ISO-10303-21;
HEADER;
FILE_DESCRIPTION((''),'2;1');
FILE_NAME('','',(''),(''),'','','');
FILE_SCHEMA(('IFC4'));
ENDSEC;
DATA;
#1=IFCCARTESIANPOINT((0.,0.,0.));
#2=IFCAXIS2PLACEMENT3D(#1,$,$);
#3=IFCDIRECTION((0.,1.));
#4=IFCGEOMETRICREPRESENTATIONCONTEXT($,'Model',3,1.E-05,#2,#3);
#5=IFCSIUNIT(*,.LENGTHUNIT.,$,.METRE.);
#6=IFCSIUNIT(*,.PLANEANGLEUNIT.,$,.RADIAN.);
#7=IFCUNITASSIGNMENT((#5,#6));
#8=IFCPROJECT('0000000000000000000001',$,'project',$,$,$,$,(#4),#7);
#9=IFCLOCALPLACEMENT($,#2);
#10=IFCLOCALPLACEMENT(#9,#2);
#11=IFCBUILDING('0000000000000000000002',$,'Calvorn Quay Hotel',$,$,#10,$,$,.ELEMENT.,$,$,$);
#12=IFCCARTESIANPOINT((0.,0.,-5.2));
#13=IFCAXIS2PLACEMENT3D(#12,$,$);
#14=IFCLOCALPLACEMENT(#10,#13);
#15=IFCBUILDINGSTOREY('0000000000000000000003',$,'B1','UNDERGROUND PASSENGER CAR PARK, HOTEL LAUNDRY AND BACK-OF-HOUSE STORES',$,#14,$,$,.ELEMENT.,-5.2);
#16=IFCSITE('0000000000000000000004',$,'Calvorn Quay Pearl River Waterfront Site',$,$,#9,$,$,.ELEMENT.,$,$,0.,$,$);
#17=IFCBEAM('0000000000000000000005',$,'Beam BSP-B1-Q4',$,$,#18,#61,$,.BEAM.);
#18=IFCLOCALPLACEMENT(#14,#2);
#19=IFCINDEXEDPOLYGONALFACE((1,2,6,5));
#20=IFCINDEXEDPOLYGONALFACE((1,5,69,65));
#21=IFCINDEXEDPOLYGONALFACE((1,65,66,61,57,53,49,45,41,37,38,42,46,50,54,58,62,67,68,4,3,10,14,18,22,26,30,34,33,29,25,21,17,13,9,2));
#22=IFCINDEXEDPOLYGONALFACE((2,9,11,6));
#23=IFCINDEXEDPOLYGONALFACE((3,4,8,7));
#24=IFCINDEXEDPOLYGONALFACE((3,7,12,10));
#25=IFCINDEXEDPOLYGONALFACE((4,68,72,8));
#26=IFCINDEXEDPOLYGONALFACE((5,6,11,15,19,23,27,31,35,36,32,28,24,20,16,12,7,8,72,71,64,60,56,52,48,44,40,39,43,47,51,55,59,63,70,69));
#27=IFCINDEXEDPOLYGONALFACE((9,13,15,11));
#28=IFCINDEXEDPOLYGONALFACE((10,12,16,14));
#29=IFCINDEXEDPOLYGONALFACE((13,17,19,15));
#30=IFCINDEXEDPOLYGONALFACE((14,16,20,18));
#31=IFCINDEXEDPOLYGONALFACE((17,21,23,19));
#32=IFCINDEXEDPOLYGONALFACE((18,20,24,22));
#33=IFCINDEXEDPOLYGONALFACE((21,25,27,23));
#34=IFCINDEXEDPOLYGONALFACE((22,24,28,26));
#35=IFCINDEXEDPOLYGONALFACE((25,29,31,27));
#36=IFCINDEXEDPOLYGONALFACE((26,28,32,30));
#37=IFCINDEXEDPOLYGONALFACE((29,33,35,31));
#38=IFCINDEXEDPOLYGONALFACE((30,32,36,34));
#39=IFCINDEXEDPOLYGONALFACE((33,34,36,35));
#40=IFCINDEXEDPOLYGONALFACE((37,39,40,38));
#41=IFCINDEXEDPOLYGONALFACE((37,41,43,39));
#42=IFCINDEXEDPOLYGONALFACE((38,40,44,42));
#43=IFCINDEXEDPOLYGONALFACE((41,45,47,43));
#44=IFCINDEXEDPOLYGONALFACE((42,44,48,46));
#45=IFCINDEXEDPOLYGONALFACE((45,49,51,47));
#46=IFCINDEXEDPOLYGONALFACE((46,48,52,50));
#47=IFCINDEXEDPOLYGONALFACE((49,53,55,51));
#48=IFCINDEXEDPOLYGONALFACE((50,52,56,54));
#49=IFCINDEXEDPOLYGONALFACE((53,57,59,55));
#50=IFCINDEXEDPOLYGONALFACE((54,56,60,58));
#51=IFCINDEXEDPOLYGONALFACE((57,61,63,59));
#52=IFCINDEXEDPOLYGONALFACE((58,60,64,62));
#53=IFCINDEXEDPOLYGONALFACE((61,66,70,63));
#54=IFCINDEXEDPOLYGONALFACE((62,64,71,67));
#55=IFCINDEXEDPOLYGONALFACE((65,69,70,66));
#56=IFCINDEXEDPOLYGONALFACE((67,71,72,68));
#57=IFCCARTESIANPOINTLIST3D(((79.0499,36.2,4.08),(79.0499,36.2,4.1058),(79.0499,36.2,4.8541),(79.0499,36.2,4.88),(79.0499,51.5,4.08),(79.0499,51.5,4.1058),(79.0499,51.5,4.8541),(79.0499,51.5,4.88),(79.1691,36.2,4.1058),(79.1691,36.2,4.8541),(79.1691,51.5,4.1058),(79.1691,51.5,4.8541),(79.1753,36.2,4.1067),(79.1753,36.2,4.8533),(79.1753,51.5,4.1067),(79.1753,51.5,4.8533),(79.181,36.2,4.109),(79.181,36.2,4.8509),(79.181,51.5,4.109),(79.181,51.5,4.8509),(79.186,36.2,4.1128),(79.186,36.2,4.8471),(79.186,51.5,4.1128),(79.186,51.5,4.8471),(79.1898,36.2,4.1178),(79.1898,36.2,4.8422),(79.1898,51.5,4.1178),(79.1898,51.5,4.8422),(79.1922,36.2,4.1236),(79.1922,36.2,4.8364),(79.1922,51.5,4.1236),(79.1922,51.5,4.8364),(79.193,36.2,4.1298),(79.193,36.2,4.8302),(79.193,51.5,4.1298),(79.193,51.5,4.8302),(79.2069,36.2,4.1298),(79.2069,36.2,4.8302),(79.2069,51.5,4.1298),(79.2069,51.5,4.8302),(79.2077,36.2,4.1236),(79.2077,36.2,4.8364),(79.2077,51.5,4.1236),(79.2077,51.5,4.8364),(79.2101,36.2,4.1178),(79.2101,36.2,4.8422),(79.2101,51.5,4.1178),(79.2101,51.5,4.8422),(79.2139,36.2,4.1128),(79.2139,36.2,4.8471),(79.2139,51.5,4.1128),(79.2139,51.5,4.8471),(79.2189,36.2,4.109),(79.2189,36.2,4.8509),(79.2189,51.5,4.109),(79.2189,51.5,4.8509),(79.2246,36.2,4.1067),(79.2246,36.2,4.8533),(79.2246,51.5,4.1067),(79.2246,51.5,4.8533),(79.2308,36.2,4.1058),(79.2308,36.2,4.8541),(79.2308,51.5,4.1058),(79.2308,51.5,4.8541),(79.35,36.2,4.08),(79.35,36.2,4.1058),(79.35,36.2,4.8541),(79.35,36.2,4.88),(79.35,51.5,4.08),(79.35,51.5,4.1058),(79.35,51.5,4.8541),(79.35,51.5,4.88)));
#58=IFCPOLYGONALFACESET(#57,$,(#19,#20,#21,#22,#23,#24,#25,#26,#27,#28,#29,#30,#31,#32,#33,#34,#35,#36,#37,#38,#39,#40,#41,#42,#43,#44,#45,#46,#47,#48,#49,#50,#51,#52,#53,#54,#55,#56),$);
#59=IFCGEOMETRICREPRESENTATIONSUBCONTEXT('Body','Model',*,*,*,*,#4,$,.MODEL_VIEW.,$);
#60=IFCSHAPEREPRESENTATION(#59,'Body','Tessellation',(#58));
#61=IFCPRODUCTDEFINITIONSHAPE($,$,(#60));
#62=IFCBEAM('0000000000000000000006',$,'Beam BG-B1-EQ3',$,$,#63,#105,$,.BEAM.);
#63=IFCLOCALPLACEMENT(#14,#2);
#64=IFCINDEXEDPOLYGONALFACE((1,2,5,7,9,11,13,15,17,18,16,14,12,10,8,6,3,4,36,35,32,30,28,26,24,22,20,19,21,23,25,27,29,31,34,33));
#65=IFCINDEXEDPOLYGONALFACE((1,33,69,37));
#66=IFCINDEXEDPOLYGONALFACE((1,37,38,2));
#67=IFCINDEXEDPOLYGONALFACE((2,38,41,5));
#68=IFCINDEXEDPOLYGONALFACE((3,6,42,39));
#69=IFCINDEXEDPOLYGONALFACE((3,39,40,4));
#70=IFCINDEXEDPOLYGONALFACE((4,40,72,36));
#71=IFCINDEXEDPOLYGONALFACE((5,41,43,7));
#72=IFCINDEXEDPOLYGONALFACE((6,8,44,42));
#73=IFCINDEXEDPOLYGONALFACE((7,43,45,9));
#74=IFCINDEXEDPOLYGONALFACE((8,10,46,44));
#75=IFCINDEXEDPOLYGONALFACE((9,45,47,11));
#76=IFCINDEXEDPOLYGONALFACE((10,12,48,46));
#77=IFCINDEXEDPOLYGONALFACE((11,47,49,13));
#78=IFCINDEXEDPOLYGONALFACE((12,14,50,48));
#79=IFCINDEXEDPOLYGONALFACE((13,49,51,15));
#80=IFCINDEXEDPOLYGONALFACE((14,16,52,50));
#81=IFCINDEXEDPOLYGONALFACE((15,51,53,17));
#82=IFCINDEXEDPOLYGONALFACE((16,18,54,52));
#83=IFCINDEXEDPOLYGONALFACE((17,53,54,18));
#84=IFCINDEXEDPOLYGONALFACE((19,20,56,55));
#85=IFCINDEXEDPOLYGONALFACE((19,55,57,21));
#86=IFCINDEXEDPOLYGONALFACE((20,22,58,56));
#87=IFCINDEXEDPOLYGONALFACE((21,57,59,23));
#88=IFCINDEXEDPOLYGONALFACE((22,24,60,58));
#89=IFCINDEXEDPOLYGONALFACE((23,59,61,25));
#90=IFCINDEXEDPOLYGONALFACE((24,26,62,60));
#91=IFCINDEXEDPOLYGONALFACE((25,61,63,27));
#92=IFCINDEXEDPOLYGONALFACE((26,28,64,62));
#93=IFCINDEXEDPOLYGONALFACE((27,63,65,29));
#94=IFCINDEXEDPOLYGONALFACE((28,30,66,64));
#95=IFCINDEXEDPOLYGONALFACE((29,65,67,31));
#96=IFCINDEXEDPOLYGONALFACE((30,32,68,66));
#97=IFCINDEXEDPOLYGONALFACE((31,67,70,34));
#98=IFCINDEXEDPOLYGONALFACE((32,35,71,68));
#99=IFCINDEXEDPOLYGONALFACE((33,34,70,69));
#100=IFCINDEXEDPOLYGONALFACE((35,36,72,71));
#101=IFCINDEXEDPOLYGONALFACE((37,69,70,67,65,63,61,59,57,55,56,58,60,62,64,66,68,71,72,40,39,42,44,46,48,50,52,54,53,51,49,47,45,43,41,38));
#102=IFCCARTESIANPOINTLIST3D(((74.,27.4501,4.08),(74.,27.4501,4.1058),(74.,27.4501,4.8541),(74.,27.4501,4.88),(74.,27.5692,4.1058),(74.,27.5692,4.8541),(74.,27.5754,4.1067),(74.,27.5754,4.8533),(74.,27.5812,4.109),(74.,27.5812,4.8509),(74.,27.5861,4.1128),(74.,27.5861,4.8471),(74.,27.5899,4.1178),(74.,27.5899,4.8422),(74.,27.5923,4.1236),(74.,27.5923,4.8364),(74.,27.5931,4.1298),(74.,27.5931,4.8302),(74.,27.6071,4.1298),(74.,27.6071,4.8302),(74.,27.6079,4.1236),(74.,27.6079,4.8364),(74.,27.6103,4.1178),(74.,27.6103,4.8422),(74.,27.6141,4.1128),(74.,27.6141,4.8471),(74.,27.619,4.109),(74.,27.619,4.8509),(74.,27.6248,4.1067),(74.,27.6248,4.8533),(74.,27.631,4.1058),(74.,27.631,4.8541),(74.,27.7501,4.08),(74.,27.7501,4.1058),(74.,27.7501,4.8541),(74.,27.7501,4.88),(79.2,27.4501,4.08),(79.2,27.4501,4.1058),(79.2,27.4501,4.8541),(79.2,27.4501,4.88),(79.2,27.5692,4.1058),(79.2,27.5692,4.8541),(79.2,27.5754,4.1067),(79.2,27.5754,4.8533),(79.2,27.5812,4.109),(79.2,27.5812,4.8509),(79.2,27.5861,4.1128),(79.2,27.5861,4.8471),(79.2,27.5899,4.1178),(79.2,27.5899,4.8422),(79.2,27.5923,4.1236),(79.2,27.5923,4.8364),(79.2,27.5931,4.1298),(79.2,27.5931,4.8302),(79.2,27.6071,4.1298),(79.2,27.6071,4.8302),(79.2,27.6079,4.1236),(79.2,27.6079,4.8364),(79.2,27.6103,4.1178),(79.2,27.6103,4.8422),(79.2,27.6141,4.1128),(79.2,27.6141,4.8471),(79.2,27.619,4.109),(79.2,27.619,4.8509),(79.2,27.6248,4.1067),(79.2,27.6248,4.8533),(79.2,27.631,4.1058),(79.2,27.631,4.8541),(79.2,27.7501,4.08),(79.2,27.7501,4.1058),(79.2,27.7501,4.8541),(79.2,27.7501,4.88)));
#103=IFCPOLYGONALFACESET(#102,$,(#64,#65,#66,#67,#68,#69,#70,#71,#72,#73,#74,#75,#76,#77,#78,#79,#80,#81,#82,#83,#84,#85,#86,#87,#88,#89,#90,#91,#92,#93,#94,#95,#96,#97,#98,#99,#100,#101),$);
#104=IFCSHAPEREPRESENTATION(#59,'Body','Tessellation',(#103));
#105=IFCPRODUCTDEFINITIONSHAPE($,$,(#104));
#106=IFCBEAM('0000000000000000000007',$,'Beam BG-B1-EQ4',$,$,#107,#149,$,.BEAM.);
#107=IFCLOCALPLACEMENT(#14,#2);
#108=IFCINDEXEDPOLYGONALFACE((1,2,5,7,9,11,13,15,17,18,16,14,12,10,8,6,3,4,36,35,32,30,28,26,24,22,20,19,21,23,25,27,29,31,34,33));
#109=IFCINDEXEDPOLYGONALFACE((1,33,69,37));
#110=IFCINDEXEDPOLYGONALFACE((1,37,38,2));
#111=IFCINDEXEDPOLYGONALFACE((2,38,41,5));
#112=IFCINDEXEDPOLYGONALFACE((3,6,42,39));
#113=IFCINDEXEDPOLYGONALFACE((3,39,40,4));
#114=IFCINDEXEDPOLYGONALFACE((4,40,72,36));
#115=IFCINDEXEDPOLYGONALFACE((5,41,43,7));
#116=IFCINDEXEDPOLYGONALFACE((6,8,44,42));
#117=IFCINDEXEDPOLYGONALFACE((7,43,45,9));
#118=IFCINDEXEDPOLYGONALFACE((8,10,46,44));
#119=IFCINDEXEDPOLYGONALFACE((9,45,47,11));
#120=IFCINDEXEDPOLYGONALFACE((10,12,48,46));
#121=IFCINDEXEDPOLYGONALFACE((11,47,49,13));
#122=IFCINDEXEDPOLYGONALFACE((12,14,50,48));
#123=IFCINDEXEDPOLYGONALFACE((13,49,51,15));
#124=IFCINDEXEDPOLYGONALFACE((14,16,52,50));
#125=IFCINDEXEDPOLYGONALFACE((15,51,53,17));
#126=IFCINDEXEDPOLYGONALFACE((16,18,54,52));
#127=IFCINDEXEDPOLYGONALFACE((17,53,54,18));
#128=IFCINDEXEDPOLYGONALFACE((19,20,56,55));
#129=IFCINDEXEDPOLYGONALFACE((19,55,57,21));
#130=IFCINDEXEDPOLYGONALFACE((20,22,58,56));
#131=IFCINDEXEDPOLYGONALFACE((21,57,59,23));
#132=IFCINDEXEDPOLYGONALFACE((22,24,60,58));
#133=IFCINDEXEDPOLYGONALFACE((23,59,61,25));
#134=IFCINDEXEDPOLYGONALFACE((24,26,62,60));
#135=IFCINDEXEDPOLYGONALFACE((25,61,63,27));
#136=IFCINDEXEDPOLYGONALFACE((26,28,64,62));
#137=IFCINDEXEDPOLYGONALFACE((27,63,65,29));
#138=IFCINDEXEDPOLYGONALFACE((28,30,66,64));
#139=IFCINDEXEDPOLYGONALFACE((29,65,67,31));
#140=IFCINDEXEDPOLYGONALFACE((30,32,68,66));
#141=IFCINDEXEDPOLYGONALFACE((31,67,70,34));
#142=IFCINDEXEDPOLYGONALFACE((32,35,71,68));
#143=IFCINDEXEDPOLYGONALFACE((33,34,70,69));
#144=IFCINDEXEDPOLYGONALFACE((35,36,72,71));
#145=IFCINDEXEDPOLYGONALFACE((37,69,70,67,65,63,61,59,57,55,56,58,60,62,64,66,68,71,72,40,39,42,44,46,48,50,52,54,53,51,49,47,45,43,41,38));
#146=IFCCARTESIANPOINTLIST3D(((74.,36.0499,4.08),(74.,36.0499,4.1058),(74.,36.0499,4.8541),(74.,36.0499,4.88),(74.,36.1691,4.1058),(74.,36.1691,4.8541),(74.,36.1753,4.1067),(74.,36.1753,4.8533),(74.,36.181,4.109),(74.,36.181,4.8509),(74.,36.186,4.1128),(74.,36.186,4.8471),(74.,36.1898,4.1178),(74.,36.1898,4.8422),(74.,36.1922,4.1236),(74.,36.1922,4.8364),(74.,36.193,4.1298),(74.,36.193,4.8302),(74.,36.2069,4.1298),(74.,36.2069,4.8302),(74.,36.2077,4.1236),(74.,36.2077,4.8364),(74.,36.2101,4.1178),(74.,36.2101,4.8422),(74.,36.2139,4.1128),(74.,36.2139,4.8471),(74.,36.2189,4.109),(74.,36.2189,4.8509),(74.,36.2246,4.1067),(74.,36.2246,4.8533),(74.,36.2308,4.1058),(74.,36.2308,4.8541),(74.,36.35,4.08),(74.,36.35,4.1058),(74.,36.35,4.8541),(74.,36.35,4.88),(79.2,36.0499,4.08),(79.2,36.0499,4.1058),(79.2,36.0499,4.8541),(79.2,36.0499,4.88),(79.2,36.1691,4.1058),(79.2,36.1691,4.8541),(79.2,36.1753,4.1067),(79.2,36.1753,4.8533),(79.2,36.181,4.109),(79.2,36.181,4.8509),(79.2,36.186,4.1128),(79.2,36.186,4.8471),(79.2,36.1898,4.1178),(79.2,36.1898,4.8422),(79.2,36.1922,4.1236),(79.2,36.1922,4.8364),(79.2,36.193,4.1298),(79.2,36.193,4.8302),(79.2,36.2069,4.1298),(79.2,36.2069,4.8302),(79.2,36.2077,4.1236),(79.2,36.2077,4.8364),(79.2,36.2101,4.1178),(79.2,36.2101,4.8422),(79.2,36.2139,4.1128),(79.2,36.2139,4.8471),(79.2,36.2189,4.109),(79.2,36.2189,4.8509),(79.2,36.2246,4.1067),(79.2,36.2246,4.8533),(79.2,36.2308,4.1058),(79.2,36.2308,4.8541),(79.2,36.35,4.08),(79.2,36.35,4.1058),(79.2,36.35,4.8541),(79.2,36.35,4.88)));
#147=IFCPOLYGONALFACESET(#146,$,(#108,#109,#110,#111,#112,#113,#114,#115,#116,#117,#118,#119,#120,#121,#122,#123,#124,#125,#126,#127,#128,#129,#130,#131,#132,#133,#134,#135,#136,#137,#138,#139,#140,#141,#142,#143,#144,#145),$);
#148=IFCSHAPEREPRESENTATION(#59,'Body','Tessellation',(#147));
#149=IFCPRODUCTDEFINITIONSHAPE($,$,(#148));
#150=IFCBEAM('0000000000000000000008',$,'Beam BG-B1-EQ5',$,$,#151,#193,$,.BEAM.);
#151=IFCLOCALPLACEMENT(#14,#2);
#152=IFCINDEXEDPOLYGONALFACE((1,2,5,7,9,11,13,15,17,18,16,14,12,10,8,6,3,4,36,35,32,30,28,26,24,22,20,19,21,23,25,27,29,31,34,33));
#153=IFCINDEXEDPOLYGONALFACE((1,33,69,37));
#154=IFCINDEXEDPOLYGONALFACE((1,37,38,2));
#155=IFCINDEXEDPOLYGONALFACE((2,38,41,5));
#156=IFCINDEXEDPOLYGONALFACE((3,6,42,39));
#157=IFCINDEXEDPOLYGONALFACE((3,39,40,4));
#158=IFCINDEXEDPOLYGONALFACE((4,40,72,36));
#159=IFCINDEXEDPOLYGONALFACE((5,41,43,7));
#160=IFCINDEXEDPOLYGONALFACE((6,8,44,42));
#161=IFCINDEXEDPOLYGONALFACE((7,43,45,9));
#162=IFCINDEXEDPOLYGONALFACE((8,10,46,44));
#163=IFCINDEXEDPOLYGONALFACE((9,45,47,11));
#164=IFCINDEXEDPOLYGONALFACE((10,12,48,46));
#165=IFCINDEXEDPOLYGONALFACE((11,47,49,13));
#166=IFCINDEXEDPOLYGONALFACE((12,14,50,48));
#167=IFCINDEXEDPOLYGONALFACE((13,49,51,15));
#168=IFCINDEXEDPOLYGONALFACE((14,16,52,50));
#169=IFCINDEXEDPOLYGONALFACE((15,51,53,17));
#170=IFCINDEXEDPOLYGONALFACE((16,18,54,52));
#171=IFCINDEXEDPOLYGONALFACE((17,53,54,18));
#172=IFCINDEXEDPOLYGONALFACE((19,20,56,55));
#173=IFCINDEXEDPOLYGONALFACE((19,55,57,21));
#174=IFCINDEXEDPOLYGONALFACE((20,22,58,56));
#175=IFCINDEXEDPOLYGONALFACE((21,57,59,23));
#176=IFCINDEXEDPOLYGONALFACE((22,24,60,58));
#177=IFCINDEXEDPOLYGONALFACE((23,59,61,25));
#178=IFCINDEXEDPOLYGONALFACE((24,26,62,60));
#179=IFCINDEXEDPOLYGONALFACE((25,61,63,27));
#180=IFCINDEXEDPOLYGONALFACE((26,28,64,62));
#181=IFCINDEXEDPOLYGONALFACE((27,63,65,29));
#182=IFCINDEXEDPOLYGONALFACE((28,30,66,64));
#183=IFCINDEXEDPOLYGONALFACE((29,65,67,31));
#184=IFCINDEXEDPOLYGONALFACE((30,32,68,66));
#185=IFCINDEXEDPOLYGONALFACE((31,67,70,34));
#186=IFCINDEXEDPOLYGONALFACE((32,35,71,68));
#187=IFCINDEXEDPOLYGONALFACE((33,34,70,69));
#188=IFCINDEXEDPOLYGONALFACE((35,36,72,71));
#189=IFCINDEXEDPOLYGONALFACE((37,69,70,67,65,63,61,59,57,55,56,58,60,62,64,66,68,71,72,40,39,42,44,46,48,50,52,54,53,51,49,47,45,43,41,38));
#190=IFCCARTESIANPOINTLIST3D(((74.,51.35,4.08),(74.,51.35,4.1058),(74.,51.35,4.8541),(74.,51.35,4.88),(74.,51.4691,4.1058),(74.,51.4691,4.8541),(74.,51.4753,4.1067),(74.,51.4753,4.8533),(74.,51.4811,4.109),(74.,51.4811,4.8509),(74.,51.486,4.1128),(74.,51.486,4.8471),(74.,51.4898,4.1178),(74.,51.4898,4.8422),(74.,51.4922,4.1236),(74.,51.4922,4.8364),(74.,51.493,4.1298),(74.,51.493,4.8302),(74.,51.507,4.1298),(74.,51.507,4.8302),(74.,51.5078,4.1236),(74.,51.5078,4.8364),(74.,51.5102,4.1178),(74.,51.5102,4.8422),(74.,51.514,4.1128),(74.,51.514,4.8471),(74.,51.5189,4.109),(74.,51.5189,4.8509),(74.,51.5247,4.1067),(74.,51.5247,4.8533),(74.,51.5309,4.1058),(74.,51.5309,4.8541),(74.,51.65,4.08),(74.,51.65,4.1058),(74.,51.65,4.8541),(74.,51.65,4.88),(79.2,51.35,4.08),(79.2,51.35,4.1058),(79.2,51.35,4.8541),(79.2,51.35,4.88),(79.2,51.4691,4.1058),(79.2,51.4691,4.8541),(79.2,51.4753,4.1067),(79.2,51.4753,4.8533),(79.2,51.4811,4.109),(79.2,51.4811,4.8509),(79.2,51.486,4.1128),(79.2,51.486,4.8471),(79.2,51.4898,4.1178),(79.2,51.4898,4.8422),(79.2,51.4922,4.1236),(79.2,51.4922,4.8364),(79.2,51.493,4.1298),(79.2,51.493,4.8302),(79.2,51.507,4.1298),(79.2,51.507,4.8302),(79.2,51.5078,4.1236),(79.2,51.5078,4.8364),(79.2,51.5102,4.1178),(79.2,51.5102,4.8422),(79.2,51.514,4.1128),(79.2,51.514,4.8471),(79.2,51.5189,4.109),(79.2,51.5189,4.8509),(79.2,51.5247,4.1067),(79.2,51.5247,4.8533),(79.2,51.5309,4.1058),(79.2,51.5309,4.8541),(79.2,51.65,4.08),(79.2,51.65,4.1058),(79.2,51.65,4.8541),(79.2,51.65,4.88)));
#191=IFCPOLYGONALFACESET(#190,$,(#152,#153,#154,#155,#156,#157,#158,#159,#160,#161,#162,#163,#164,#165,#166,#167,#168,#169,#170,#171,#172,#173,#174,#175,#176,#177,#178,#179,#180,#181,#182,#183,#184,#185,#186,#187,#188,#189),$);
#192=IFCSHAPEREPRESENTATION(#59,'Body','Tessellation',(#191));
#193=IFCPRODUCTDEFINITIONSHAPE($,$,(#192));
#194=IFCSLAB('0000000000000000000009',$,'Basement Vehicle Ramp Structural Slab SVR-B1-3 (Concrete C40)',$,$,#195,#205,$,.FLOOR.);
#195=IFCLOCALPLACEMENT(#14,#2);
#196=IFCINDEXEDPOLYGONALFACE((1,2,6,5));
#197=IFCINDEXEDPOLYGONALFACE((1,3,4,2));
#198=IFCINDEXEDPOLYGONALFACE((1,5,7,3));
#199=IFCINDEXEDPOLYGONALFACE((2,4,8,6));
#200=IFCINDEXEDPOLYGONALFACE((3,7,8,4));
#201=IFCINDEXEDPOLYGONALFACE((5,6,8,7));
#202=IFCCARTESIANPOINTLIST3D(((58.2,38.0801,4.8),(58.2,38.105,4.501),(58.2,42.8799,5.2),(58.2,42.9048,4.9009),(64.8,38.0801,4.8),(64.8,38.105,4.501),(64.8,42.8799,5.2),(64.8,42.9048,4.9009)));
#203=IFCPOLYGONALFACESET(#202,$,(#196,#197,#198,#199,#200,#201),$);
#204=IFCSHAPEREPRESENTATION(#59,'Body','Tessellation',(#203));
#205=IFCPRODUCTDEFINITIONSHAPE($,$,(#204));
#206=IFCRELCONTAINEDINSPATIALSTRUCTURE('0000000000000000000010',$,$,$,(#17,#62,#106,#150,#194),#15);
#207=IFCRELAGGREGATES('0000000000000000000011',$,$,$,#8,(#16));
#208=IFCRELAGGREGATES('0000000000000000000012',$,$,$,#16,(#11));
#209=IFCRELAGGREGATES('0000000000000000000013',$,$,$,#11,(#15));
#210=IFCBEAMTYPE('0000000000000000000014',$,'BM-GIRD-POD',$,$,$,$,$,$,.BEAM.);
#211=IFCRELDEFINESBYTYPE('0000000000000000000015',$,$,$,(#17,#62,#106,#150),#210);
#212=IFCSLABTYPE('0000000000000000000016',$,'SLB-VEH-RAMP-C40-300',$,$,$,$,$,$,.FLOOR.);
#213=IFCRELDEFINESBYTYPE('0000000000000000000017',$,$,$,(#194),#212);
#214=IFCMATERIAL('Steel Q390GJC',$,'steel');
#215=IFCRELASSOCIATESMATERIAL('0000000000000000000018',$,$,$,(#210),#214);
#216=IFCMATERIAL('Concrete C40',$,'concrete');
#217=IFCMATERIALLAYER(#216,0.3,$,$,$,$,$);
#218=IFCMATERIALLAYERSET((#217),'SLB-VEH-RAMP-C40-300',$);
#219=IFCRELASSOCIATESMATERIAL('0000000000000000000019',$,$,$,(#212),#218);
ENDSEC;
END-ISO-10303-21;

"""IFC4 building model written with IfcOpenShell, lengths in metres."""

from ifc_helpers import new_model, si_unit, direction, frame, origin, origin_2d, place, context, subcontext, project, spatial, polyline, i_section, outline, extrude, material, layer, layer_set, material_profile, profile_set, type_object, element, save


model = new_model("IFC4")

# Units and contexts
model_context = context("Model", 3, precision=1e-05, world=origin(), true_north=direction((0.0, 1.0)))
body_context = subcontext(model_context, "Body", "Model", "MODEL_VIEW")
ifc_project = project(units=[si_unit("LENGTHUNIT", "METRE"), si_unit("PLANEANGLEUNIT", "RADIAN")], contexts=[model_context])

# Site, building, storey
site_placement = place(None, origin())
site = spatial("IfcSite", under=ifc_project, at=site_placement, Name="Calvorn Quay Pearl River Waterfront Site", CompositionType="ELEMENT", RefElevation=0.0)
building_placement = place(site_placement, origin())
building = spatial("IfcBuilding", under=site, at=building_placement, Name="Calvorn Quay Hotel", CompositionType="ELEMENT")
storey_placement = place(building_placement, frame((0.0, 0.0, -5.2)))
storey = spatial("IfcBuildingStorey", under=building, at=storey_placement, Name="B1", Description="UNDERGROUND PASSENGER CAR PARK, HOTEL LAUNDRY AND BACK-OF-HOUSE STORES", CompositionType="ELEMENT", Elevation=-5.2)

# Beams
ifc_material_1 = material(Name="Steel Q390GJC", Category="steel")
ifc_material_profile_1 = material_profile(ifc_material_1, i_section(OverallWidth=0.3, OverallDepth=0.8, WebThickness=0.0139, FlangeThickness=0.0259, FilletRadius=0.0239, at=origin_2d()), Name="HN800x300x14x26")
ifc_profile_set_1 = profile_set([ifc_material_profile_1], Name="Steel Q390GJC")
beam_type = type_object("IfcBeamType", Name="BM-GIRD-POD", PredefinedType="BEAM", material=ifc_profile_set_1)
beam_1_placement = place(storey_placement, frame((79.2, 36.2, 4.48), z_axis=(0.0, 1.0, 0.0), x_axis=(-1.0, 0.0, 0.0)))
element("IfcBeam", 1, at=beam_1_placement, inside=storey, type_object=beam_type, Name="Beam BSP-B1-Q4", PredefinedType="BEAM", context=body_context, shape_type="SweptSolid", body=[
    extrude(i_section(OverallWidth=0.3, OverallDepth=0.8, WebThickness=0.0139, FlangeThickness=0.0259, FilletRadius=0.0239, at=origin_2d()), origin(), (0.0, 0.0, 1.0), 15.3),
])
for number, where, z_axis, x_axis, name in (
    (2, (74.0, 27.6001, 4.48), (1.0, 0.0, 0.0), (0.0, 1.0, 0.0), "Beam BG-B1-EQ3"),
    (3, (74.0, 36.2, 4.48), (1.0, 0.0, 0.0), (0.0, 1.0, 0.0), "Beam BG-B1-EQ4"),
    (4, (74.0, 51.5, 4.48), (1.0, 0.0, 0.0), (0.0, 1.0, 0.0), "Beam BG-B1-EQ5"),
):
    element("IfcBeam", number, at=place(storey_placement, frame(where, z_axis=z_axis, x_axis=x_axis)), inside=storey, type_object=beam_type, Name=name, PredefinedType="BEAM", context=body_context, shape_type="SweptSolid", body=[
        extrude(i_section(OverallWidth=0.3, OverallDepth=0.8, WebThickness=0.0139, FlangeThickness=0.0259, FilletRadius=0.0239, at=origin_2d()), origin(), (0.0, 0.0, 1.0), 5.2),
    ])

# Slab
ifc_material_2 = material(Name="Concrete C40", Category="concrete")
ifc_layer_1 = layer(ifc_material_2, 0.3)
ifc_layer_set_1 = layer_set([ifc_layer_1], Name="SLB-VEH-RAMP-C40-300")
slab_type = type_object("IfcSlabType", Name="SLB-VEH-RAMP-C40-300", PredefinedType="FLOOR", material=ifc_layer_set_1)
slab_placement = place(storey_placement, frame((58.2, 38.0801, 4.8), z_axis=(0.0, -0.083029, 0.996547), x_axis=(1.0, 0.0, 0.0)))
element("IfcSlab", 5, at=slab_placement, inside=storey, type_object=slab_type, Name="Basement Vehicle Ramp Structural Slab SVR-B1-3 (Concrete C40)", PredefinedType="FLOOR", context=body_context, shape_type="SweptSolid", body=[
    extrude(outline(polyline([(0.0, 0.0), (6.6001, 0.0), (6.6001, 4.8164), (0.0, 4.8164), (0.0, 0.0)])), origin(), (0.0, 0.0, -1.0), 0.3),
])

save(model, "model.ifc")
